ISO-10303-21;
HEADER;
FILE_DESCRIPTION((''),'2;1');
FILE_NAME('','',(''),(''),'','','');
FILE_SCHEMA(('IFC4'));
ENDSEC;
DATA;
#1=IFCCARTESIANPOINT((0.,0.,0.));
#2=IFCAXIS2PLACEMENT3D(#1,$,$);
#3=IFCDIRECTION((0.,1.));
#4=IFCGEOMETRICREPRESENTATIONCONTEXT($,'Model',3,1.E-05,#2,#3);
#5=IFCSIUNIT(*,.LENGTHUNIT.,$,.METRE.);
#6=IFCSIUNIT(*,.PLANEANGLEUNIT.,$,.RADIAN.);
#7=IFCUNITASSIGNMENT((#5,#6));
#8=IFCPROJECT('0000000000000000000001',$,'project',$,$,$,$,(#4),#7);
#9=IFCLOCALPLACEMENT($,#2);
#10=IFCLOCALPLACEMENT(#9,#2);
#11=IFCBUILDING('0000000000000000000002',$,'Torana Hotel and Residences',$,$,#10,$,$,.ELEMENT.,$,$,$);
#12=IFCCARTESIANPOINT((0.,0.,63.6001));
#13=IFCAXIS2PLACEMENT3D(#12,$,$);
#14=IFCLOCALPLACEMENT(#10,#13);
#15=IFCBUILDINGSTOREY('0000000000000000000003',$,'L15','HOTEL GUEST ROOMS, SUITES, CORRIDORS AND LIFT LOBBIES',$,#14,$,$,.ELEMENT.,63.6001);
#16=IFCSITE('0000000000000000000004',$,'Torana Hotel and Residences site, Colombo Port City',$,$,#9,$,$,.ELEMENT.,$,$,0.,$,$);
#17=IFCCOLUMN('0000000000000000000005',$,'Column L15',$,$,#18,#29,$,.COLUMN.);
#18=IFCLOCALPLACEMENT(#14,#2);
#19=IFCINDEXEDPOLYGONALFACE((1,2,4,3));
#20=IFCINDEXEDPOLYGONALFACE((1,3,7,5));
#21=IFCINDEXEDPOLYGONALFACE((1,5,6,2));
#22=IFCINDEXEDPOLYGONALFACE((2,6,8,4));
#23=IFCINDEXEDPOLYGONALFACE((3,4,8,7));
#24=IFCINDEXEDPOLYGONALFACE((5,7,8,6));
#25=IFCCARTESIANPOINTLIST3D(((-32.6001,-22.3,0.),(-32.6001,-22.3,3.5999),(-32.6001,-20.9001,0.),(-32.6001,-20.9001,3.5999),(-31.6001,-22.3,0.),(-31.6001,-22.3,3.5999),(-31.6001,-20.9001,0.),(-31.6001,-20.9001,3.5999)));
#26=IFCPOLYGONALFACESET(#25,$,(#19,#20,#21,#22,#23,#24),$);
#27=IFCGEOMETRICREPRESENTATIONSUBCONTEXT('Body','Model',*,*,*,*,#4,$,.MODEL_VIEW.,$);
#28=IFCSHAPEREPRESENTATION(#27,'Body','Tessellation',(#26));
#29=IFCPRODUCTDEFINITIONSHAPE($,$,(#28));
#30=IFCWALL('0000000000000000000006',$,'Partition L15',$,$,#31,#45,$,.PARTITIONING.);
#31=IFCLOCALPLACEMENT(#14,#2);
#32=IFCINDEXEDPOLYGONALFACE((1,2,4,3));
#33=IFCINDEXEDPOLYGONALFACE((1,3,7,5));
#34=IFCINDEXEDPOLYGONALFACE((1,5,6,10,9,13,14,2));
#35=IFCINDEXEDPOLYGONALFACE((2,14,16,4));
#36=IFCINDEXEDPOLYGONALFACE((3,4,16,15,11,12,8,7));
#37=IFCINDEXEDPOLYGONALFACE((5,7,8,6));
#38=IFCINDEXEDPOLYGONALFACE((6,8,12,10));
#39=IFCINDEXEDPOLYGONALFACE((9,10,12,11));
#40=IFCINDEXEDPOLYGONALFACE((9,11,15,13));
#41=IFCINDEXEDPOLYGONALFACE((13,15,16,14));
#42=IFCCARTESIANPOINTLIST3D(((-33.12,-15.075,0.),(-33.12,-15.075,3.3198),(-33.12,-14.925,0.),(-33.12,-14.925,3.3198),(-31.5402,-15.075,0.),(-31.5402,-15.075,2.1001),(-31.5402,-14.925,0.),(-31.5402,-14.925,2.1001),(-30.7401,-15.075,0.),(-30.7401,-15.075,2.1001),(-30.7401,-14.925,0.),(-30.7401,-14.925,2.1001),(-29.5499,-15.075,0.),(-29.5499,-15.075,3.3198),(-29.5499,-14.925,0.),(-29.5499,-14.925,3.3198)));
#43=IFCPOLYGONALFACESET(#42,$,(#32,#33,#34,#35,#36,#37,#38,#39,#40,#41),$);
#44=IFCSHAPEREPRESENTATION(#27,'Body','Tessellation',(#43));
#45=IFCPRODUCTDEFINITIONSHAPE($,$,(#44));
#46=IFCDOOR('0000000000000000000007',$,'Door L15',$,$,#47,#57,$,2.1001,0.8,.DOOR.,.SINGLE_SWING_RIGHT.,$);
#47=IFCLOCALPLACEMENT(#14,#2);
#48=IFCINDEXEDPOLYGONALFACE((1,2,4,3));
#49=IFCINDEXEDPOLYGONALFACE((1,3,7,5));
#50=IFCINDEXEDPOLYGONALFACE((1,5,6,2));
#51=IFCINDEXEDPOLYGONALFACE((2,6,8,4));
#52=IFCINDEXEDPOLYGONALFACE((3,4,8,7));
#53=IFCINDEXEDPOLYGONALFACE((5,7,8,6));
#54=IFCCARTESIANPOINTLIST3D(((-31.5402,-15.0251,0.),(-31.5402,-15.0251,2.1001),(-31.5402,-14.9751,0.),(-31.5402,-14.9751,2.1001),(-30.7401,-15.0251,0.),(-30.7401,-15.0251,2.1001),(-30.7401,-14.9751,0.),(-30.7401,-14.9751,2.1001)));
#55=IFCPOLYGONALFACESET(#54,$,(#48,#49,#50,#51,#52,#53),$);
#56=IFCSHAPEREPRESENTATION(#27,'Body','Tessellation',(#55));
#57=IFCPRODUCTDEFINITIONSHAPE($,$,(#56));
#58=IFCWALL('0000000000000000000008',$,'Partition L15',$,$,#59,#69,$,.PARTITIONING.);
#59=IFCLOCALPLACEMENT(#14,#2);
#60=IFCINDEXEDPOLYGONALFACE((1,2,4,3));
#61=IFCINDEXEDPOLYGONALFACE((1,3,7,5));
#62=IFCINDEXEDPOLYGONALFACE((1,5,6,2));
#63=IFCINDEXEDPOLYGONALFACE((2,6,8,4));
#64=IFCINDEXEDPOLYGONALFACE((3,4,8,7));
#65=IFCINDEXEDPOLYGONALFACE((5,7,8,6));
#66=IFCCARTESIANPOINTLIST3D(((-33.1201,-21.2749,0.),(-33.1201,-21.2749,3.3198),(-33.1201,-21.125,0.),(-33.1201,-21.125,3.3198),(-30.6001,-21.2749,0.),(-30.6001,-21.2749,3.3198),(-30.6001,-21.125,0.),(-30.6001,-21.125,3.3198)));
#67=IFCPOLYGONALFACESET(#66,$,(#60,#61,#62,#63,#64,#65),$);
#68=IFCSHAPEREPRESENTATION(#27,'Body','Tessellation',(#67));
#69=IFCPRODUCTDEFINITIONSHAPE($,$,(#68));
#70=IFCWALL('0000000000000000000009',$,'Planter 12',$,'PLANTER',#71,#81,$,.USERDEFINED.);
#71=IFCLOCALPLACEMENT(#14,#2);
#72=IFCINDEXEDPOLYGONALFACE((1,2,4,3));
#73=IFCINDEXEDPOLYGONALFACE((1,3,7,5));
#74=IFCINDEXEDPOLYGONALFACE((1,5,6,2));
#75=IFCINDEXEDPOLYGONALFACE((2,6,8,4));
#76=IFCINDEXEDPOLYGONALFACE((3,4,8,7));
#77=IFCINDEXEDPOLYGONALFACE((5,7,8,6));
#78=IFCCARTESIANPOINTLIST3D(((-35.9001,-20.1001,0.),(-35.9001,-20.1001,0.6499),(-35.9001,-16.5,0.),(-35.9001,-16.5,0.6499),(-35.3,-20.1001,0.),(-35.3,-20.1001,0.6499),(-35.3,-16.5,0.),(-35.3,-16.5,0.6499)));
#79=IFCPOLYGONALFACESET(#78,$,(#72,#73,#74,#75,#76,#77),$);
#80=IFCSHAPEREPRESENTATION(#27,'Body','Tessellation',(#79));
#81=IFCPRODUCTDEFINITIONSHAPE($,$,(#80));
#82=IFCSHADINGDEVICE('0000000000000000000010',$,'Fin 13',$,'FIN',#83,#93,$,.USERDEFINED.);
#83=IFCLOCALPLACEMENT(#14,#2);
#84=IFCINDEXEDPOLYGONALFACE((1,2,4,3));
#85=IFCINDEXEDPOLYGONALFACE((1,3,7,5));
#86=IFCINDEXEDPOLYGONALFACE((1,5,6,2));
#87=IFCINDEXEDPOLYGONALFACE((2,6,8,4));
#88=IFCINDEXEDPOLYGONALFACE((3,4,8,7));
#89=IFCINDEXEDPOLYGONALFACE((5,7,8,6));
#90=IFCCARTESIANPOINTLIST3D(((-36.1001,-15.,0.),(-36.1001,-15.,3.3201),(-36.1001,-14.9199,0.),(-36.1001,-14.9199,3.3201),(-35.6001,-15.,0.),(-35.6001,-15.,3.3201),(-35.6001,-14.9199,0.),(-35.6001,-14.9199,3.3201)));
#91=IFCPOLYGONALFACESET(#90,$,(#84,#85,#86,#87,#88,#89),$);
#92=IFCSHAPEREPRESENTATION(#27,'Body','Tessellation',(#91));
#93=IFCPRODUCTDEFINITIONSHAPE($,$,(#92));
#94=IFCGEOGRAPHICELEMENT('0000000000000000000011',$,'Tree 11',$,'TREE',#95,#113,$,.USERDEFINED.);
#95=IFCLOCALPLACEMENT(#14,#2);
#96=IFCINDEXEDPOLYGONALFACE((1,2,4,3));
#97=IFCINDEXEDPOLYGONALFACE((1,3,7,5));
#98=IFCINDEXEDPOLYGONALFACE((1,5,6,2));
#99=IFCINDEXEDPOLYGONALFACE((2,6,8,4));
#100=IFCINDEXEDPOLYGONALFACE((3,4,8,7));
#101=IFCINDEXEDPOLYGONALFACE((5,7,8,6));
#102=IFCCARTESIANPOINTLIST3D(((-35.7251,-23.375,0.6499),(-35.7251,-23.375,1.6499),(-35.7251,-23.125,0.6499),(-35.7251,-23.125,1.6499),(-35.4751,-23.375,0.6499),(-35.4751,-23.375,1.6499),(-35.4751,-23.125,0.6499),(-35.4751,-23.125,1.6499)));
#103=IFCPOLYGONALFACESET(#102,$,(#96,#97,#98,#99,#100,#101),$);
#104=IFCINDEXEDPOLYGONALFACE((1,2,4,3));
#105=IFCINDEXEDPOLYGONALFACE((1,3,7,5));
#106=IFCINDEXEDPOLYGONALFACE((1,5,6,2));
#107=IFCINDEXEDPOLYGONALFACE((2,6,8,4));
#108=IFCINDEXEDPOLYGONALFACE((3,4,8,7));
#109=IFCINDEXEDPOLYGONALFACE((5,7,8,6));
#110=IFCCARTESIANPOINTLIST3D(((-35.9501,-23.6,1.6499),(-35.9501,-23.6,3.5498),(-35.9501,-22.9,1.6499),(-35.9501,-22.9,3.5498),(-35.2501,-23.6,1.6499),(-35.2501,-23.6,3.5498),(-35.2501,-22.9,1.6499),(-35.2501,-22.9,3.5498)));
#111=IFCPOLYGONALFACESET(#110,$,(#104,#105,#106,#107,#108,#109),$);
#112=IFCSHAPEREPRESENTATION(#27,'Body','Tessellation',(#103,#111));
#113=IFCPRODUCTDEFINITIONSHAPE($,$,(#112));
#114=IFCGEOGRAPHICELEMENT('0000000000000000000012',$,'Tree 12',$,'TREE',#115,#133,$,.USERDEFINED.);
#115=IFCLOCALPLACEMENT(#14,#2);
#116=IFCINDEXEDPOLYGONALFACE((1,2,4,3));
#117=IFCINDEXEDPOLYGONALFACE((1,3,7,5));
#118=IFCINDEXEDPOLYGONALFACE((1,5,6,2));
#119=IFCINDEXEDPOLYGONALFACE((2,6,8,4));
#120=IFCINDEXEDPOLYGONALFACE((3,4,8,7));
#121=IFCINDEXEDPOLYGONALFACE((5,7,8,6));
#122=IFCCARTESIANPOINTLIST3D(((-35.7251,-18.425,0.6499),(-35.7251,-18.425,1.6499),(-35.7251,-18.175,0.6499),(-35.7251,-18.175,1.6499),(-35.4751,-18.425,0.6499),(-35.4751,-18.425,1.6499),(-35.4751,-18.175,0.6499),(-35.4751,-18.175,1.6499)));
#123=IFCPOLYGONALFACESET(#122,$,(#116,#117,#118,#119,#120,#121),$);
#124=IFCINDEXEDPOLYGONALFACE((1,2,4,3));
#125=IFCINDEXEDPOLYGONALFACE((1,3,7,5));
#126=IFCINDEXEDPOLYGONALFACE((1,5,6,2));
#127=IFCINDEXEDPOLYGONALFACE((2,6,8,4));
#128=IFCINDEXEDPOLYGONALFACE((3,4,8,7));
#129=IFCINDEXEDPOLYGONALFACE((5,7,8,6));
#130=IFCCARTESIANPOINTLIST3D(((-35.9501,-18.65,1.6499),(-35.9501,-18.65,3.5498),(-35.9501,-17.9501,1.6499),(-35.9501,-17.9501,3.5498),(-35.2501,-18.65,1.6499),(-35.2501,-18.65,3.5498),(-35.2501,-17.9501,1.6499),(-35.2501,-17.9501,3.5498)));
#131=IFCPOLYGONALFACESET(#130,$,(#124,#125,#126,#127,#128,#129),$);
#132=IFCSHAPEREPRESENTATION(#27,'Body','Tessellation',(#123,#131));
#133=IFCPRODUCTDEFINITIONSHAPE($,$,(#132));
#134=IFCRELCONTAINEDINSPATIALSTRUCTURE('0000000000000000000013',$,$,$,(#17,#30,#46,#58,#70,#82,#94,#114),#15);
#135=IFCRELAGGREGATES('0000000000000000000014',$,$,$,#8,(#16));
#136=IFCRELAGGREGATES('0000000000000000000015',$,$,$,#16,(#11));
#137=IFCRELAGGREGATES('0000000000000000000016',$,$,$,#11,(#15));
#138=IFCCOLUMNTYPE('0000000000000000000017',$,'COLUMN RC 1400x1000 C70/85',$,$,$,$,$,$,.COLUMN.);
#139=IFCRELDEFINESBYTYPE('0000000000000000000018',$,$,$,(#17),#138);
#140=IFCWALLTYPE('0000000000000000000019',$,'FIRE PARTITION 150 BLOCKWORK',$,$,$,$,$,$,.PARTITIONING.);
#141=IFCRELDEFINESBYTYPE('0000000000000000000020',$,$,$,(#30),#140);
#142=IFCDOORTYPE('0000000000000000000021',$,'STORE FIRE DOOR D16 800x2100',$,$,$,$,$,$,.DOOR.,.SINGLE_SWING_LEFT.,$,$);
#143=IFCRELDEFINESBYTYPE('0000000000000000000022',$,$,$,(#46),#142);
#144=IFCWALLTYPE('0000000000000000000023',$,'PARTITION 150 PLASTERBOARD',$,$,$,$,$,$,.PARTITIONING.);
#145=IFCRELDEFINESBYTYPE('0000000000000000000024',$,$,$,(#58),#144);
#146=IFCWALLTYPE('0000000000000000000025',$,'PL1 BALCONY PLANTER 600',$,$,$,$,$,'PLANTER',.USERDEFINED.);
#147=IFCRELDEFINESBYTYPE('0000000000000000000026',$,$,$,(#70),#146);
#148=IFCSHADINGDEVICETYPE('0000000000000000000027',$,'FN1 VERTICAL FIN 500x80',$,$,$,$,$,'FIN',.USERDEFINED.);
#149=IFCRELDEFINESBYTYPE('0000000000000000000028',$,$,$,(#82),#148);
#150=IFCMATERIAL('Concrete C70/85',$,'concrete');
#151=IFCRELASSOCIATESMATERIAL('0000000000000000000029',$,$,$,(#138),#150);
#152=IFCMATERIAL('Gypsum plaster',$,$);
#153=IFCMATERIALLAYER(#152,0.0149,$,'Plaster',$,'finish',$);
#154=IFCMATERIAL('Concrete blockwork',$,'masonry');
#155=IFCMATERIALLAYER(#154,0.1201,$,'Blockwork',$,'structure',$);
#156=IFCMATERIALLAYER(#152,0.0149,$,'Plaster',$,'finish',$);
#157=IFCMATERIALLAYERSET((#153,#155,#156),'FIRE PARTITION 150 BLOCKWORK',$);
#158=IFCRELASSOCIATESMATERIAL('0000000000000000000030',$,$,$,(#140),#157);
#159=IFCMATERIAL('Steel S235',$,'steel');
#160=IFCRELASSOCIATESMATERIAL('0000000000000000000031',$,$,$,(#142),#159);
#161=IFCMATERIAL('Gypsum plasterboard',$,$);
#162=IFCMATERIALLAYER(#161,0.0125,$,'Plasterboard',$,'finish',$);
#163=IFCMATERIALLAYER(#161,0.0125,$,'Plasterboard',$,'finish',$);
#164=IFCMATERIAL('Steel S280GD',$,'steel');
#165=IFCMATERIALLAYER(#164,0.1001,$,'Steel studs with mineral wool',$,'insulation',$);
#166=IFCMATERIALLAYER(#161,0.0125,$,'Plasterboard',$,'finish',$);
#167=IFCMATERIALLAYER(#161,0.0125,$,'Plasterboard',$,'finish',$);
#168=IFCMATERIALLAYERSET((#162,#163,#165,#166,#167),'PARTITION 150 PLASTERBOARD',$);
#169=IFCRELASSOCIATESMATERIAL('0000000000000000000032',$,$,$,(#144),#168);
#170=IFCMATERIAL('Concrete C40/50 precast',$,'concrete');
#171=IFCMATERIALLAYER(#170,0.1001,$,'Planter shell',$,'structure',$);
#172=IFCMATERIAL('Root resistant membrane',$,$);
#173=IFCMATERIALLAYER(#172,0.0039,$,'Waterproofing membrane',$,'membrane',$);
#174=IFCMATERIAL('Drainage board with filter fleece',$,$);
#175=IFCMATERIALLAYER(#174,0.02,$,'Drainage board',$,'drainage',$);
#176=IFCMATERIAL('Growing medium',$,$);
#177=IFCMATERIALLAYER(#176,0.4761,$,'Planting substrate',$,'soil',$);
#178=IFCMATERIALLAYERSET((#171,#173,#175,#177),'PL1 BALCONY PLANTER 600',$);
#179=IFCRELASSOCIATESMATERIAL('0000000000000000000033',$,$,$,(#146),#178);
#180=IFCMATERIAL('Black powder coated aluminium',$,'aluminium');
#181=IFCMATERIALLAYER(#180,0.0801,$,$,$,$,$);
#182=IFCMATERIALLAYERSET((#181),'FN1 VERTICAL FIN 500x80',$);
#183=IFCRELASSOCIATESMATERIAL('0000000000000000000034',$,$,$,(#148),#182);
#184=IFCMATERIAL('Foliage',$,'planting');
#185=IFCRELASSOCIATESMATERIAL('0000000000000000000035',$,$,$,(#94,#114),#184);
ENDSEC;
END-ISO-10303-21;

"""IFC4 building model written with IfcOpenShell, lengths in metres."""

from ifc_helpers import new_model, si_unit, direction, frame, frame_2d, origin, origin_2d, place, context, subcontext, project, spatial, rectangle, extrude, material, layer, layer_set, material_profile, profile_set, type_object, element, fill, save


model = new_model("IFC4")

# Units and contexts
model_context = context("Model", 3, precision=1e-05, world=origin(), true_north=direction((0.0, 1.0)))
body_context = subcontext(model_context, "Body", "Model", "MODEL_VIEW")
ifc_project = project(units=[si_unit("LENGTHUNIT", "METRE"), si_unit("PLANEANGLEUNIT", "RADIAN")], contexts=[model_context])

# Site, building, storey
site_placement = place(None, origin())
site = spatial("IfcSite", under=ifc_project, at=site_placement, Name="Torana Hotel and Residences site, Colombo Port City", CompositionType="ELEMENT", RefElevation=0.0)
building_placement = place(site_placement, origin())
building = spatial("IfcBuilding", under=site, at=building_placement, Name="Torana Hotel and Residences", CompositionType="ELEMENT")
storey_placement = place(building_placement, frame((0.0, 0.0, 63.6001)))
storey = spatial("IfcBuildingStorey", under=building, at=storey_placement, Name="L15", Description="HOTEL GUEST ROOMS, SUITES, CORRIDORS AND LIFT LOBBIES", CompositionType="ELEMENT", Elevation=63.6001)

# Column
ifc_material_1 = material(Name="Concrete C70/85", Category="concrete")
ifc_material_profile = material_profile(ifc_material_1, rectangle(XDim=1.3999, YDim=1.0, at=origin_2d()), Name="RC 1400x1000")
ifc_profile_set = profile_set([ifc_material_profile], Name="Concrete C70/85")
column_type = type_object("IfcColumnType", Name="COLUMN RC 1400x1000 C70/85", PredefinedType="COLUMN", material=ifc_profile_set)
column_placement = place(storey_placement, frame((-32.1001, -21.6001, 0.0), z_axis=(0.0, 0.0, 1.0), x_axis=(0.0, 1.0, 0.0)))
element("IfcColumn", 1, at=column_placement, inside=storey, type_object=column_type, Name="Column L15", PredefinedType="COLUMN", context=body_context, shape_type="SweptSolid", body=[
    extrude(rectangle(XDim=1.3999, YDim=1.0, at=origin_2d()), origin(), (0.0, 0.0, 1.0), 3.5999),
])

# Shared definitions
ifc_material_2 = material(Name="Gypsum plaster")
ifc_layer_1 = layer(ifc_material_2, 0.0149, Name="Plaster", Category="finish")
ifc_material_3 = material(Name="Concrete blockwork", Category="masonry")
ifc_layer_2 = layer(ifc_material_3, 0.1201, Name="Blockwork", Category="structure")
ifc_layer_3 = layer(ifc_material_2, 0.0149, Name="Plaster", Category="finish")
ifc_layer_set_1 = layer_set([ifc_layer_1, ifc_layer_2, ifc_layer_3], Name="FIRE PARTITION 150 BLOCKWORK")
wall_type_1 = type_object("IfcWallType", Name="FIRE PARTITION 150 BLOCKWORK", PredefinedType="PARTITIONING", material=ifc_layer_set_1)

# Wall, opening, door
wall_1_placement = place(storey_placement, frame((-33.1201, -15.0, 0.0), z_axis=(0.0, 0.0, 1.0), x_axis=(1.0, 0.0, 0.0)))
wall_1 = element("IfcWall", 2, at=wall_1_placement, inside=storey, type_object=wall_type_1, Name="Partition L15", PredefinedType="PARTITIONING", context=body_context, shape_type="SweptSolid", body=[
    extrude(rectangle(XDim=3.5701, YDim=0.1499, at=frame_2d((1.7852, 0.0))), origin(), (0.0, 0.0, 1.0), 3.3198),
])
opening_1_placement = place(wall_1_placement, frame((1.5801, 0.0, 0.0)))
opening_1 = element("IfcOpeningElement", 3, at=opening_1_placement, cuts=wall_1, PredefinedType="OPENING", context=body_context, shape_type="SweptSolid", body=[
    extrude(rectangle(XDim=0.8, YDim=2.1001, at=frame_2d((0.3999, 1.05))), frame((0.0, 0.085, 0.0), z_axis=(0.0, -1.0, 0.0), x_axis=(1.0, 0.0, 0.0)), (0.0, 0.0, 1.0), 0.1699),
])
ifc_material_4 = material(Name="Steel S235", Category="steel")
door_type_1 = type_object("IfcDoorType", Name="STORE FIRE DOOR D16 800x2100", OperationType="SINGLE_SWING_LEFT", PredefinedType="DOOR", material=ifc_material_4)
door_1_placement = place(opening_1_placement, origin())
door_1 = element("IfcDoor", 4, at=door_1_placement, inside=storey, type_object=door_type_1, Name="Door L15", OperationType="SINGLE_SWING_RIGHT", OverallHeight=2.1001, OverallWidth=0.8, PredefinedType="DOOR", context=body_context, shape_type="SweptSolid", body=[
    extrude(rectangle(XDim=0.8, YDim=2.1001, at=frame_2d((0.3999, 1.05))), frame((0.0, 0.0249, 0.0), z_axis=(0.0, -1.0, 0.0), x_axis=(1.0, 0.0, 0.0)), (0.0, 0.0, 1.0), 0.05),
])
fill(opening_1, door_1)

# Walls
ifc_material_5 = material(Name="Gypsum plasterboard")
ifc_layer_4 = layer(ifc_material_5, 0.0125, Name="Plasterboard", Category="finish")
ifc_layer_5 = layer(ifc_material_5, 0.0125, Name="Plasterboard", Category="finish")
ifc_material_6 = material(Name="Steel S280GD", Category="steel")
ifc_layer_6 = layer(ifc_material_6, 0.1001, Name="Steel studs with mineral wool", Category="insulation")
ifc_layer_7 = layer(ifc_material_5, 0.0125, Name="Plasterboard", Category="finish")
ifc_layer_8 = layer(ifc_material_5, 0.0125, Name="Plasterboard", Category="finish")
ifc_layer_set_2 = layer_set([ifc_layer_4, ifc_layer_5, ifc_layer_6, ifc_layer_7, ifc_layer_8], Name="PARTITION 150 PLASTERBOARD")
wall_type_2 = type_object("IfcWallType", Name="PARTITION 150 PLASTERBOARD", PredefinedType="PARTITIONING", material=ifc_layer_set_2)
wall_2_placement = place(storey_placement, frame((-33.1201, -21.2, 0.0), z_axis=(0.0, 0.0, 1.0), x_axis=(1.0, 0.0, 0.0)))
element("IfcWall", 5, at=wall_2_placement, inside=storey, type_object=wall_type_2, Name="Partition L15", PredefinedType="PARTITIONING", context=body_context, shape_type="SweptSolid", body=[
    extrude(rectangle(XDim=2.52, YDim=0.1499, at=frame_2d((1.26, 0.0))), origin(), (0.0, 0.0, 1.0), 3.3198),
])
ifc_material_7 = material(Name="Concrete C40/50 precast", Category="concrete")
ifc_layer_9 = layer(ifc_material_7, 0.1001, Name="Planter shell", Category="structure")
ifc_material_8 = material(Name="Root resistant membrane")
ifc_layer_10 = layer(ifc_material_8, 0.0039, Name="Waterproofing membrane", Category="membrane")
ifc_material_9 = material(Name="Drainage board with filter fleece")
ifc_layer_11 = layer(ifc_material_9, 0.02, Name="Drainage board", Category="drainage")
ifc_material_10 = material(Name="Growing medium")
ifc_layer_12 = layer(ifc_material_10, 0.4761, Name="Planting substrate", Category="soil")
ifc_layer_set_3 = layer_set([ifc_layer_9, ifc_layer_10, ifc_layer_11, ifc_layer_12], Name="PL1 BALCONY PLANTER 600")
wall_type_3 = type_object("IfcWallType", Name="PL1 BALCONY PLANTER 600", ElementType="PLANTER", PredefinedType="USERDEFINED", material=ifc_layer_set_3)
wall_3_placement = place(storey_placement, frame((-35.6001, -20.1001, 0.0), z_axis=(0.0, 0.0, 1.0), x_axis=(0.0, 1.0, 0.0)))
element("IfcWall", 6, at=wall_3_placement, inside=storey, type_object=wall_type_3, Name="Planter 12", ObjectType="PLANTER", PredefinedType="USERDEFINED", context=body_context, shape_type="SweptSolid", body=[
    extrude(rectangle(XDim=3.6001, YDim=0.6001, at=frame_2d((1.8, 0.0))), origin(), (0.0, 0.0, 1.0), 0.6499),
])

# Shading device
ifc_material_11 = material(Name="Black powder coated aluminium", Category="aluminium")
ifc_layer_13 = layer(ifc_material_11, 0.0801)
ifc_layer_set_4 = layer_set([ifc_layer_13], Name="FN1 VERTICAL FIN 500x80")
shading_device_type = type_object("IfcShadingDeviceType", Name="FN1 VERTICAL FIN 500x80", ElementType="FIN", PredefinedType="USERDEFINED", material=ifc_layer_set_4)
shading_device_placement = place(storey_placement, frame((-35.8501, -14.96, 0.0), z_axis=(0.0, 0.0, 1.0), x_axis=(0.0, 1.0, 0.0)))
element("IfcShadingDevice", 7, at=shading_device_placement, inside=storey, type_object=shading_device_type, Name="Fin 13", ObjectType="FIN", PredefinedType="USERDEFINED", context=body_context, shape_type="SweptSolid", body=[
    extrude(rectangle(XDim=0.0801, YDim=0.5, at=origin_2d()), origin(), (0.0, 0.0, 1.0), 3.3201),
])

# Geographic elements
ifc_material_12 = material(Name="Foliage", Category="planting")
for number, where, z_axis, x_axis, name in (
    (8, (-35.6001, -23.25, 0.6499), (0.0, 0.0, 1.0), (1.0, 0.0, 0.0), "Tree 11"),
    (9, (-35.6001, -18.3, 0.6499), (0.0, 0.0, 1.0), (1.0, 0.0, 0.0), "Tree 12"),
):
    element("IfcGeographicElement", number, at=place(storey_placement, frame(where, z_axis=z_axis, x_axis=x_axis)), inside=storey, material=ifc_material_12, Name=name, ObjectType="TREE", PredefinedType="USERDEFINED", context=body_context, shape_type="SweptSolid", body=[
        extrude(rectangle(XDim=0.25, YDim=0.25, at=origin_2d()), origin(), (0.0, 0.0, 1.0), 1.0),
        extrude(rectangle(XDim=0.7, YDim=0.7, at=origin_2d()), frame((0.0, 0.0, 1.0)), (0.0, 0.0, 1.0), 1.8999),
    ])

save(model, "model.ifc")
